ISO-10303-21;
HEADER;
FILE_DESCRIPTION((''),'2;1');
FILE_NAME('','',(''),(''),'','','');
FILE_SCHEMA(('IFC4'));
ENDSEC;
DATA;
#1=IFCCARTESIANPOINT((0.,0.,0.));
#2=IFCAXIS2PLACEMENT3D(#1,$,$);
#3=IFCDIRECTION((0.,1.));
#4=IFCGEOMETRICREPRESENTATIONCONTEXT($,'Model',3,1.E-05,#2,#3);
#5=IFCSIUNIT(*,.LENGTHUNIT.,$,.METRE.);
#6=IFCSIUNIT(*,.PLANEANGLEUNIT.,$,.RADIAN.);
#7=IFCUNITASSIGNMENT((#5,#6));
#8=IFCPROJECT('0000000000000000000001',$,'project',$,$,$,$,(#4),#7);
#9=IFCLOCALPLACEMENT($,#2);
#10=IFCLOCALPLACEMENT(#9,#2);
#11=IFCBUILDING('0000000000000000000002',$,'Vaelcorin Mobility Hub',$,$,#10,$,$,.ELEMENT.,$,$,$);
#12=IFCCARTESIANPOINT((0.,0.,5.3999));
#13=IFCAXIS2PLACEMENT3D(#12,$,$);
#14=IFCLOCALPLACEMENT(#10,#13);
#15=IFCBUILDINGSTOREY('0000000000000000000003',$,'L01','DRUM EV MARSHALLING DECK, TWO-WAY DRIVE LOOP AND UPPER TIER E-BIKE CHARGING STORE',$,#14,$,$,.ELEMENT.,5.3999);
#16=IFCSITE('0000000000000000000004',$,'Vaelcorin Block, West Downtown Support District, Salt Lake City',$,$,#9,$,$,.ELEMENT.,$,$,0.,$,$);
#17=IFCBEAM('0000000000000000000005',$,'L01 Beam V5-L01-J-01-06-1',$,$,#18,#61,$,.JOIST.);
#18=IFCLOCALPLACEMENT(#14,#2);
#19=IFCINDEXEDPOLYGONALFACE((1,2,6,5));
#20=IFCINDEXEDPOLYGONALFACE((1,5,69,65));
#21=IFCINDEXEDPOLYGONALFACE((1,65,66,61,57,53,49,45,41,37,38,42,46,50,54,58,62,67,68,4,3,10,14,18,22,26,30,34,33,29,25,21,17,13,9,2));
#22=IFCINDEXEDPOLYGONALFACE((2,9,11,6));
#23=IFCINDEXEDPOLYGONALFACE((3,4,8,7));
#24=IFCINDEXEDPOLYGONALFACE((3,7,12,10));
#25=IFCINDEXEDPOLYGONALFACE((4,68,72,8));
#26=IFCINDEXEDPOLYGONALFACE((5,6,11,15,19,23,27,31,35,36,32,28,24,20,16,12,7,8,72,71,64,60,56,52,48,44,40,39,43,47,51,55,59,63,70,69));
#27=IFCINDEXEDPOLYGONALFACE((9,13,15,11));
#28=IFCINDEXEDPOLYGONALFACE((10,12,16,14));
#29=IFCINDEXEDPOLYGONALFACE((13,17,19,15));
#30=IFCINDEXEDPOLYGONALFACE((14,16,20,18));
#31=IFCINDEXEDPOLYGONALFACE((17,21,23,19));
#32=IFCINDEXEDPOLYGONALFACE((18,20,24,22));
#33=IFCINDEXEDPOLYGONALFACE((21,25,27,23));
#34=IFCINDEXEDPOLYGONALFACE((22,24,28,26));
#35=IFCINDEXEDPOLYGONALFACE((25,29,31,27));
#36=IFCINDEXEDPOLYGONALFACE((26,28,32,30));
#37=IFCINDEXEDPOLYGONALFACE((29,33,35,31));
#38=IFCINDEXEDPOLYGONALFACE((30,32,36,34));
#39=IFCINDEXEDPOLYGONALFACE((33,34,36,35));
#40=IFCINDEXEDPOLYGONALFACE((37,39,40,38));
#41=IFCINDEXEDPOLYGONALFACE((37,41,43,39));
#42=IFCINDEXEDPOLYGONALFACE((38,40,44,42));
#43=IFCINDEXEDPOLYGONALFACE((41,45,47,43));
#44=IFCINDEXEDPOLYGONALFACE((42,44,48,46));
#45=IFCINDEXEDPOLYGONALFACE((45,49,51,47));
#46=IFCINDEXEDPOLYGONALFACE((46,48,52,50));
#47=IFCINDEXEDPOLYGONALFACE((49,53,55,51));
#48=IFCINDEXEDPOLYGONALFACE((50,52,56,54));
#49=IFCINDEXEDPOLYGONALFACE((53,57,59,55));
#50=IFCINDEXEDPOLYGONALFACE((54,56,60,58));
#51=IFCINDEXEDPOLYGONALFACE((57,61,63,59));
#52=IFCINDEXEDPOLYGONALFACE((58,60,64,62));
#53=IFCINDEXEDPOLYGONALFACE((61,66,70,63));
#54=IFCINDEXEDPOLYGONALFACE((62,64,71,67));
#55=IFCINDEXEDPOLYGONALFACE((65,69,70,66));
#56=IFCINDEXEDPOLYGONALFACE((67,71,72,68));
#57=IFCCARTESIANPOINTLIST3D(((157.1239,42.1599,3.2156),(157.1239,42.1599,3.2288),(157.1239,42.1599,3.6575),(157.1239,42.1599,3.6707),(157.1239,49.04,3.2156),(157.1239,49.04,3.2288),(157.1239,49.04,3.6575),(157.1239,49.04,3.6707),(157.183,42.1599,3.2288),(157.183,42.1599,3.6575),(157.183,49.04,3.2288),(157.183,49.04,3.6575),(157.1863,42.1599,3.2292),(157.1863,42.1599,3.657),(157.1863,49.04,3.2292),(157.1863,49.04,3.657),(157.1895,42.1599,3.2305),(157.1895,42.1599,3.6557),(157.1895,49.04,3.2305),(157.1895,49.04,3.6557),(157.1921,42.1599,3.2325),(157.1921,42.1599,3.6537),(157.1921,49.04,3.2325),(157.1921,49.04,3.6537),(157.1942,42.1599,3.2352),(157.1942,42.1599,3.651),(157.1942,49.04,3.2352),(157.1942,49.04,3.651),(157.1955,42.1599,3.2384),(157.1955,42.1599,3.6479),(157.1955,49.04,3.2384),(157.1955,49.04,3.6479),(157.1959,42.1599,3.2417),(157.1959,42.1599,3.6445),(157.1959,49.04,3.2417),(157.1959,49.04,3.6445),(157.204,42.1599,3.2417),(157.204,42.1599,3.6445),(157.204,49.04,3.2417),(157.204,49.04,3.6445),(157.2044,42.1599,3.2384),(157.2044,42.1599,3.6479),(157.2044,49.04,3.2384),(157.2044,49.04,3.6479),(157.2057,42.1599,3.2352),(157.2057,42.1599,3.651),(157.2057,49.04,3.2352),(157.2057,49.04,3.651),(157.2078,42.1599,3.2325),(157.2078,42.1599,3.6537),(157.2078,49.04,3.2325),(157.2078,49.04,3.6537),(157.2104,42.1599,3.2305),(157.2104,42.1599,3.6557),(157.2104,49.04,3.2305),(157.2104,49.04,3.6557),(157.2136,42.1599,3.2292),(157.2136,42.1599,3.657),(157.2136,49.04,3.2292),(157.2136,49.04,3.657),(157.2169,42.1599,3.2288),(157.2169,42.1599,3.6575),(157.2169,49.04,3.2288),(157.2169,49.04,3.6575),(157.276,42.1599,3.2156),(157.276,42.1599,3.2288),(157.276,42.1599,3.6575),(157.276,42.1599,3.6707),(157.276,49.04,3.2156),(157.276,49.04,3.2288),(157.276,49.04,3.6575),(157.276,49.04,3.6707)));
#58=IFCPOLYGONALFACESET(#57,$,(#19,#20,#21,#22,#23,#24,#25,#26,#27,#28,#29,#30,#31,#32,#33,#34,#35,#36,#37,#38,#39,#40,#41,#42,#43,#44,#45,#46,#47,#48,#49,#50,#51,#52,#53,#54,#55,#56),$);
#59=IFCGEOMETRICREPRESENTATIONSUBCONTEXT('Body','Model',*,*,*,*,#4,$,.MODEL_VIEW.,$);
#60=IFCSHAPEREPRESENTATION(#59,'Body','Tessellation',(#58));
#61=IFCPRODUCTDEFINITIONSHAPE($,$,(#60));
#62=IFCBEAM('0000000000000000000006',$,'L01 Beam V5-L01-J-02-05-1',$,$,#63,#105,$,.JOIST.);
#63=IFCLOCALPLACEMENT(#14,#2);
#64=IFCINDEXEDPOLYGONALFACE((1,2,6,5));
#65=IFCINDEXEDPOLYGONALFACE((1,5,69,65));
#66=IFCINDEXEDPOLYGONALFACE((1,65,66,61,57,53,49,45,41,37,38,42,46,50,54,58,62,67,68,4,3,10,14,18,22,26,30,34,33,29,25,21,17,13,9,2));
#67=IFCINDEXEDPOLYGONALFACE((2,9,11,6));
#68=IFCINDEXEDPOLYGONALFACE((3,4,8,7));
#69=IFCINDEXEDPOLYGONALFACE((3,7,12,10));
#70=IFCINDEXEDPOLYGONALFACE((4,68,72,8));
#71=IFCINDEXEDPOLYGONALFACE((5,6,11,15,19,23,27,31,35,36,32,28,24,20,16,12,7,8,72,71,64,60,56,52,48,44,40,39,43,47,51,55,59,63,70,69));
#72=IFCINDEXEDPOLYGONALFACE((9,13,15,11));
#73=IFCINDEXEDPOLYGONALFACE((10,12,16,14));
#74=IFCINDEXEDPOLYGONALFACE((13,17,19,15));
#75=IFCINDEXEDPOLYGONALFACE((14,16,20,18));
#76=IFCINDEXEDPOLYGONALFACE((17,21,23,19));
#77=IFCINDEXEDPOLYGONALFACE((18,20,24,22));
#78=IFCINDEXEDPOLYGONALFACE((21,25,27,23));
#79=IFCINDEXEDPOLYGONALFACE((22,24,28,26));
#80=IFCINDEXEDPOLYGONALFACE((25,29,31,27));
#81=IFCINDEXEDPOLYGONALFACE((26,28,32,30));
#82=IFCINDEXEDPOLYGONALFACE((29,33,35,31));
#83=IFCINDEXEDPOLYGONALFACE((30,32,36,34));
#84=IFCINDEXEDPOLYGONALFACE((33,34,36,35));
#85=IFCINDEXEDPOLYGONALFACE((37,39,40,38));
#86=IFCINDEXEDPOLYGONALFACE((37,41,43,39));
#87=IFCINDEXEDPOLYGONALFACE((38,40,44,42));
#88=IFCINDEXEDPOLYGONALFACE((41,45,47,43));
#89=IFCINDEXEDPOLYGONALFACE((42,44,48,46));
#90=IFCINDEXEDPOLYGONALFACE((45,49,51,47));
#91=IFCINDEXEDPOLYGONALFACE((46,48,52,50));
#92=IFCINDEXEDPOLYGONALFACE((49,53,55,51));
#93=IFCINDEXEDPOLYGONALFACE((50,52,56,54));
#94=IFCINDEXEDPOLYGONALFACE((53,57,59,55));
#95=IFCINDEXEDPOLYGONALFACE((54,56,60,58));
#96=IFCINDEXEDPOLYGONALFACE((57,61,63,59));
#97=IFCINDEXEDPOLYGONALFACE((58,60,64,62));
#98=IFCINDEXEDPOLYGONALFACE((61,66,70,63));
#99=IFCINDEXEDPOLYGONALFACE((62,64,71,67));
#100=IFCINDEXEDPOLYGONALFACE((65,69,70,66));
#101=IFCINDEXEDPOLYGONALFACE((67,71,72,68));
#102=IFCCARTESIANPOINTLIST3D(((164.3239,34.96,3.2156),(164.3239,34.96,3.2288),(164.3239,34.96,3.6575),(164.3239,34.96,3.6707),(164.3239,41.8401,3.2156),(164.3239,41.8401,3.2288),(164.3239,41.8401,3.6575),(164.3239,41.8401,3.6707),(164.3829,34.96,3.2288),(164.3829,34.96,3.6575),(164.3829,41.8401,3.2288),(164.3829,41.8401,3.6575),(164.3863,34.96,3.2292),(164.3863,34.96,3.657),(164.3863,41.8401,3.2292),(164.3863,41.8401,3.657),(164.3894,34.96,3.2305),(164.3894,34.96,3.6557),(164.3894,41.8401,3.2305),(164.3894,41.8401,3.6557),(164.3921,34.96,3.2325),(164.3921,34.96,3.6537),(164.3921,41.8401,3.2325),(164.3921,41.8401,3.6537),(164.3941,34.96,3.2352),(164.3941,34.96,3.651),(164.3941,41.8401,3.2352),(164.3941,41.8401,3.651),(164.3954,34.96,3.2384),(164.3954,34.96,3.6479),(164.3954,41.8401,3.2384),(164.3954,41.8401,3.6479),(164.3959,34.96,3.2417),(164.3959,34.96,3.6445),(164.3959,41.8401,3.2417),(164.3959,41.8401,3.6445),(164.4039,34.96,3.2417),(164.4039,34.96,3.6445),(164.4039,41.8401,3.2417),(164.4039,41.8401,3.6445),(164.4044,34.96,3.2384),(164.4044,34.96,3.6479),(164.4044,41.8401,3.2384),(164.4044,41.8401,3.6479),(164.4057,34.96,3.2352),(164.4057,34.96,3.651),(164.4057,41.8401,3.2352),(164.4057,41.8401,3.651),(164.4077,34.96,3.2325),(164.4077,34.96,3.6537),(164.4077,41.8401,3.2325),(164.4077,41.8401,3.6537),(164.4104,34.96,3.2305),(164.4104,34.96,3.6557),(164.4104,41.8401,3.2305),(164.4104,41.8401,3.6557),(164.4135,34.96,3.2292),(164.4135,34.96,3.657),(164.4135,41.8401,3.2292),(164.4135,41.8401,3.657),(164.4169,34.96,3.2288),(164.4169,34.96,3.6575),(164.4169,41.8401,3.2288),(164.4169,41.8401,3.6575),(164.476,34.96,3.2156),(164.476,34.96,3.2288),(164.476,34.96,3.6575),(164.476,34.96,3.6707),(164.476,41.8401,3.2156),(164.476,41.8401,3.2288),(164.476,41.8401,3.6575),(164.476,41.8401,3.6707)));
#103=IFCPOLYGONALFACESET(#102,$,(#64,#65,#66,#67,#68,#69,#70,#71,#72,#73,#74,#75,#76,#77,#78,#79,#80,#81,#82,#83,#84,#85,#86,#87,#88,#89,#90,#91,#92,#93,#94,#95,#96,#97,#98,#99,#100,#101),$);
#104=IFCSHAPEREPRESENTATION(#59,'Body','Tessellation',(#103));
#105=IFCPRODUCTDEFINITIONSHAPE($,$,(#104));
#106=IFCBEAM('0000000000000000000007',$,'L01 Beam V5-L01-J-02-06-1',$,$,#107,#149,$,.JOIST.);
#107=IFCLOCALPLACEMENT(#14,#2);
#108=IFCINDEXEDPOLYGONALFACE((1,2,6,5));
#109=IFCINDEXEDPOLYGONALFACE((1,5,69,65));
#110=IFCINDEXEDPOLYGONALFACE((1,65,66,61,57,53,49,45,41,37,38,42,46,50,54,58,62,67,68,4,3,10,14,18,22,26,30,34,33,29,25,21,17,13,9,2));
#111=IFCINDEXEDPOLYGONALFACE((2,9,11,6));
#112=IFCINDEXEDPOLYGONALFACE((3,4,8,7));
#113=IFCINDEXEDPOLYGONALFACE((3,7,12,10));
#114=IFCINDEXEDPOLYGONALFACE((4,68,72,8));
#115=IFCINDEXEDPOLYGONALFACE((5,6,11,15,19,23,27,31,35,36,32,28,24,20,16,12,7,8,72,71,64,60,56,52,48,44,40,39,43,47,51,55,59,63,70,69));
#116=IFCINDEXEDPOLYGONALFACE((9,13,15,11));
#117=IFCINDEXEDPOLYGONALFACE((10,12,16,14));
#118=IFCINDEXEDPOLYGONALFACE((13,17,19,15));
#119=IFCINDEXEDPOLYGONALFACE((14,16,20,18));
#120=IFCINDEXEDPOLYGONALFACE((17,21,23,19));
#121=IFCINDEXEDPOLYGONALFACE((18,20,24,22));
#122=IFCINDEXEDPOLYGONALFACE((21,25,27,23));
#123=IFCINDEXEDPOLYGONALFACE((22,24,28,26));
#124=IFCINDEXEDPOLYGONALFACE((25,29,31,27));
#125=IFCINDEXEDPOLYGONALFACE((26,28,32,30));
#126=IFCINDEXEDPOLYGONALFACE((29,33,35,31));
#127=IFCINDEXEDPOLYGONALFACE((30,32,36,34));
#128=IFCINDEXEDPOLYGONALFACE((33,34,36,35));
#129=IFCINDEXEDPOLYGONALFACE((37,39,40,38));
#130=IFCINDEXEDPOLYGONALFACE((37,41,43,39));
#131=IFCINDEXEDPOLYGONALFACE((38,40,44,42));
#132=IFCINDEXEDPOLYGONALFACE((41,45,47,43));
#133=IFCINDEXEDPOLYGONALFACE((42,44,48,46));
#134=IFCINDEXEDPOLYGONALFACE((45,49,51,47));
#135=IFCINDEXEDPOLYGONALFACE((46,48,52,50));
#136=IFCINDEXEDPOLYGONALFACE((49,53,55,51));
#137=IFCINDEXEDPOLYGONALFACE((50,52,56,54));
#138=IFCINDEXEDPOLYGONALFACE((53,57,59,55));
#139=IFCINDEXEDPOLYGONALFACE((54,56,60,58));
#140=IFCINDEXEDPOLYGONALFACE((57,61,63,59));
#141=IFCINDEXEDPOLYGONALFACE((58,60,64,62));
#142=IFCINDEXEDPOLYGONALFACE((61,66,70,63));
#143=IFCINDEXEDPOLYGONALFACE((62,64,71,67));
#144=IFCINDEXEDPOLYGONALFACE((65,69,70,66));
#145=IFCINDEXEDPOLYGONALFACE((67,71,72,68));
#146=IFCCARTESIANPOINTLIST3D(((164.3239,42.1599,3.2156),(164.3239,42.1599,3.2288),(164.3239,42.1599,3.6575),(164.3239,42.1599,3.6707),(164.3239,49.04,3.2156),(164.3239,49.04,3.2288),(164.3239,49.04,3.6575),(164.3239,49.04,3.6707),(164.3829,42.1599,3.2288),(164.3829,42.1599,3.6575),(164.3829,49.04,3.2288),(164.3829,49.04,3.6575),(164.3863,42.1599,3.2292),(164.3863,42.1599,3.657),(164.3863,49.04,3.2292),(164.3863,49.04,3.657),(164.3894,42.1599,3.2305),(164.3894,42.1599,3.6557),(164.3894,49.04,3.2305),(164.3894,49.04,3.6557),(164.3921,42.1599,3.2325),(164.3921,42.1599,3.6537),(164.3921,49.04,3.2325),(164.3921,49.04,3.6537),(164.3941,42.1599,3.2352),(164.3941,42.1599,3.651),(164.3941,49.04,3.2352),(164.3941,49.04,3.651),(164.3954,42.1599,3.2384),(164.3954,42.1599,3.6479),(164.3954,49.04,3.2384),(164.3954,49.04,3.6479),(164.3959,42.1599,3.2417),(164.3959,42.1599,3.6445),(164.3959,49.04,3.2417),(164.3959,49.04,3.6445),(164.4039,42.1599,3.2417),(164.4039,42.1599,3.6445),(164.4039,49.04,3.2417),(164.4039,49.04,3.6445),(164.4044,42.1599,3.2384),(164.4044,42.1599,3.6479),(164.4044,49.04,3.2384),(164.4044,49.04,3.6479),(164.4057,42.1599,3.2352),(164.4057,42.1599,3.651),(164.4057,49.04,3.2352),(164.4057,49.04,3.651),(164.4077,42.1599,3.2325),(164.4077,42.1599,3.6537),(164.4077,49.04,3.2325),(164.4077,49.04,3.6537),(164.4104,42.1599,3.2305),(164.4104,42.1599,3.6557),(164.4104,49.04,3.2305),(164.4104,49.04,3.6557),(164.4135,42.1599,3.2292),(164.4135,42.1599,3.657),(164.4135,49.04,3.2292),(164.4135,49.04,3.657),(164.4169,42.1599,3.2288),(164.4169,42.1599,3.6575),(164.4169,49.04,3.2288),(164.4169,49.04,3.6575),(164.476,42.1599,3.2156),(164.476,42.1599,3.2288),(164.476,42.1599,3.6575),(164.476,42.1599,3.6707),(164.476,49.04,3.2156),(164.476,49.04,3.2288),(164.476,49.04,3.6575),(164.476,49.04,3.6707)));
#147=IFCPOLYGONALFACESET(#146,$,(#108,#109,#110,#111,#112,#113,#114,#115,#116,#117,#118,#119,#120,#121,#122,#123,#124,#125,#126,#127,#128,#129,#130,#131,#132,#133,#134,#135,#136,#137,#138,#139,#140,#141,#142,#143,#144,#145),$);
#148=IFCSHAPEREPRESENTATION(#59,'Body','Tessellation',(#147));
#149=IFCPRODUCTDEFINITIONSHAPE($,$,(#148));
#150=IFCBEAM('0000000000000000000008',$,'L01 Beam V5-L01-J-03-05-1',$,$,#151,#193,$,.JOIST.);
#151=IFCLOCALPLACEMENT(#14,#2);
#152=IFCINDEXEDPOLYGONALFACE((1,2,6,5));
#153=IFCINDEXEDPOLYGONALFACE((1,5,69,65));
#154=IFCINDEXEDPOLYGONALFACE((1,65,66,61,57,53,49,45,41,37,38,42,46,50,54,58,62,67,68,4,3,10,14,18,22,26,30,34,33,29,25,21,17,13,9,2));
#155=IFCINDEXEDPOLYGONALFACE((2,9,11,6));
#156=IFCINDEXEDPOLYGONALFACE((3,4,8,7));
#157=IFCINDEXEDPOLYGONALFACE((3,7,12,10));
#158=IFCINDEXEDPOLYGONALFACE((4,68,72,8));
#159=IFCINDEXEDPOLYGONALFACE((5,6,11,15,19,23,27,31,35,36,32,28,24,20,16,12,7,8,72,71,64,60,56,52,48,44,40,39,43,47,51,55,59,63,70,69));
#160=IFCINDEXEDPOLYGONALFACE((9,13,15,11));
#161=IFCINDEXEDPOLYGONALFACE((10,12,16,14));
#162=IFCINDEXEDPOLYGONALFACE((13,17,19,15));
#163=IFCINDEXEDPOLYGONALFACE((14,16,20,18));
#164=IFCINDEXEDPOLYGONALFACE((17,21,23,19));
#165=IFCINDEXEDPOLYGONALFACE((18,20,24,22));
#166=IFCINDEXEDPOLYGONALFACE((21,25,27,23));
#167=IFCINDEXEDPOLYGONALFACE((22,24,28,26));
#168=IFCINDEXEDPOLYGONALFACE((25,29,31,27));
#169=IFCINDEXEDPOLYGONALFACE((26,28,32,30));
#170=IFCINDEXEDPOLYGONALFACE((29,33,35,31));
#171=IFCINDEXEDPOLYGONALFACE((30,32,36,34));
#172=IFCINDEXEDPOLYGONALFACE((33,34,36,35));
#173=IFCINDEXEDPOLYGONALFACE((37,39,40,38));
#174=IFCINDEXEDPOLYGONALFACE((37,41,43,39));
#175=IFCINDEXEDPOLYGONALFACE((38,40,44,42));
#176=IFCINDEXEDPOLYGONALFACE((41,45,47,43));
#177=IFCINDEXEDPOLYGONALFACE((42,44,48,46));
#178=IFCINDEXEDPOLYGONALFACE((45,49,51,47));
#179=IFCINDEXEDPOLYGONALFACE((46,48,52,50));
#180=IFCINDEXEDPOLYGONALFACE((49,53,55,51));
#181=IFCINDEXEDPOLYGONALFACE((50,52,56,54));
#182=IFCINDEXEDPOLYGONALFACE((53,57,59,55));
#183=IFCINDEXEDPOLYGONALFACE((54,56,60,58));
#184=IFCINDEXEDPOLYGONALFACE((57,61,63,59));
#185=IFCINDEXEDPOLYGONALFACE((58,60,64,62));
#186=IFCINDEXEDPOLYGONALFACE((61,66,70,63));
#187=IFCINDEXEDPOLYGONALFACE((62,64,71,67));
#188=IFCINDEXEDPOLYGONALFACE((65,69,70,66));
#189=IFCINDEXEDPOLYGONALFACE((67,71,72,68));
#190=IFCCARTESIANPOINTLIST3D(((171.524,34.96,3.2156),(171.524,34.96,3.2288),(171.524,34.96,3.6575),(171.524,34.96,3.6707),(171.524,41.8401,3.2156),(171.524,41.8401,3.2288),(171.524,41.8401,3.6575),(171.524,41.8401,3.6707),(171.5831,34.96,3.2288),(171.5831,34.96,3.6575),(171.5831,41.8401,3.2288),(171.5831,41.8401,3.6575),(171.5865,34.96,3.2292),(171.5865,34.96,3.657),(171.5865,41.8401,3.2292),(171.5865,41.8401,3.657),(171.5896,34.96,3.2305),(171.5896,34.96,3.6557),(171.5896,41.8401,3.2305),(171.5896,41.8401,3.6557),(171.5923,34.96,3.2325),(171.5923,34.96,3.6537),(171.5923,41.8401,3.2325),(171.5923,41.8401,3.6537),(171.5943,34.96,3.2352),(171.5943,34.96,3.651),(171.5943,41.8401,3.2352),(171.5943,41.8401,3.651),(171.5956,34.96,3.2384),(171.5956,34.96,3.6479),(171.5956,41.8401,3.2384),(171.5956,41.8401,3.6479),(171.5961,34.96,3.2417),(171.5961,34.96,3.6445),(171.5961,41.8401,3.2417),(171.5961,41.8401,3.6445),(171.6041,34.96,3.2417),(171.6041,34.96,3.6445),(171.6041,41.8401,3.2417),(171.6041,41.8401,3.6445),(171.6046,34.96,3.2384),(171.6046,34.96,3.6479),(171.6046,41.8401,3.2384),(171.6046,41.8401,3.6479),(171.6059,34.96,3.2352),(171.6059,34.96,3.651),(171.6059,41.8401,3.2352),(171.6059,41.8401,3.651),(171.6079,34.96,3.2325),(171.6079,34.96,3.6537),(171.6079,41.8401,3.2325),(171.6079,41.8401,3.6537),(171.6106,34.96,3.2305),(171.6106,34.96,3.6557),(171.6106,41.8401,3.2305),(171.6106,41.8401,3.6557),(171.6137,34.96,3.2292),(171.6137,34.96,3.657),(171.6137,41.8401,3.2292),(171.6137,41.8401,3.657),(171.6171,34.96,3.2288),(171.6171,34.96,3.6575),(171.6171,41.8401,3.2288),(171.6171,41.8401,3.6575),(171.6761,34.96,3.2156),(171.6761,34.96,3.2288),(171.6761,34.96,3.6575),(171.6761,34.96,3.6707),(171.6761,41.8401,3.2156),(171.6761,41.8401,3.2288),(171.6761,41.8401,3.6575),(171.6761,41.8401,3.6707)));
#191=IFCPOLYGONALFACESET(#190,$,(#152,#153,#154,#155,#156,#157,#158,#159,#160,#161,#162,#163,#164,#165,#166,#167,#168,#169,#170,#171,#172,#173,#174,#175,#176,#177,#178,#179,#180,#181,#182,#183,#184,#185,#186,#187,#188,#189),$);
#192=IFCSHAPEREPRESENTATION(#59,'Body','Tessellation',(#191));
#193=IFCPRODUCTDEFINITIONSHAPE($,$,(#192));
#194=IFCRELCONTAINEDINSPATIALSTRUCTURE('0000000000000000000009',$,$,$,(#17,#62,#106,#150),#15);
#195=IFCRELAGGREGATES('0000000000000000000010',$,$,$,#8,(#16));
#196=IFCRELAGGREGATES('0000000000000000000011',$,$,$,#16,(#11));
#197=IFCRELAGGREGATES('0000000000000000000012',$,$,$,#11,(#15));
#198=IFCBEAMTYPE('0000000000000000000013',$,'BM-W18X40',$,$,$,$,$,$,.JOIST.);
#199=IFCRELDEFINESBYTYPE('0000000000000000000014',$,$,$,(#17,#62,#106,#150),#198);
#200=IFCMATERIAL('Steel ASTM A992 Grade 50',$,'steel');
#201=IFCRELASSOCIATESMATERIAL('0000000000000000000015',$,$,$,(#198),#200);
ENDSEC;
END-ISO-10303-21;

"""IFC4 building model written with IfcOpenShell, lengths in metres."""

from ifc_helpers import new_model, si_unit, direction, frame, origin, origin_2d, place, context, subcontext, project, spatial, i_section, extrude, material, material_profile, profile_set, type_object, element, save


model = new_model("IFC4")

# Units and contexts
model_context = context("Model", 3, precision=1e-05, world=origin(), true_north=direction((0.0, 1.0)))
body_context = subcontext(model_context, "Body", "Model", "MODEL_VIEW")
ifc_project = project(units=[si_unit("LENGTHUNIT", "METRE"), si_unit("PLANEANGLEUNIT", "RADIAN")], contexts=[model_context])

# Site, building, storey
site_placement = place(None, origin())
site = spatial("IfcSite", under=ifc_project, at=site_placement, Name="Vaelcorin Block, West Downtown Support District, Salt Lake City", CompositionType="ELEMENT", RefElevation=0.0)
building_placement = place(site_placement, origin())
building = spatial("IfcBuilding", under=site, at=building_placement, Name="Vaelcorin Mobility Hub", CompositionType="ELEMENT")
storey_placement = place(building_placement, frame((0.0, 0.0, 5.3999)))
storey = spatial("IfcBuildingStorey", under=building, at=storey_placement, Name="L01", Description="DRUM EV MARSHALLING DECK, TWO-WAY DRIVE LOOP AND UPPER TIER E-BIKE CHARGING STORE", CompositionType="ELEMENT", Elevation=5.3999)

# Shared definitions
ifc_material_1 = material(Name="Steel ASTM A992 Grade 50", Category="steel")

# Beams
ifc_material_profile_1 = material_profile(ifc_material_1, i_section(OverallWidth=0.1521, OverallDepth=0.4551, WebThickness=0.0081, FlangeThickness=0.0132, FilletRadius=0.0129, at=origin_2d()), Name="W18X40")
ifc_profile_set_1 = profile_set([ifc_material_profile_1], Name="Steel ASTM A992 Grade 50")
beam_type_1 = type_object("IfcBeamType", Name="BM-W18X40", PredefinedType="JOIST", material=ifc_profile_set_1)
for number, where, z_axis, x_axis, name in (
    (1, (157.2, 42.1599, 3.4431), (0.0, 1.0, 0.0), (-1.0, 0.0, 0.0), "L01 Beam V5-L01-J-01-06-1"),
    (2, (164.3999, 34.96, 3.4431), (0.0, 1.0, 0.0), (-1.0, 0.0, 0.0), "L01 Beam V5-L01-J-02-05-1"),
    (3, (164.3999, 42.1599, 3.4431), (0.0, 1.0, 0.0), (-1.0, 0.0, 0.0), "L01 Beam V5-L01-J-02-06-1"),
    (4, (171.6001, 34.96, 3.4431), (0.0, 1.0, 0.0), (-1.0, 0.0, 0.0), "L01 Beam V5-L01-J-03-05-1"),
):
    element("IfcBeam", number, at=place(storey_placement, frame(where, z_axis=z_axis, x_axis=x_axis)), inside=storey, type_object=beam_type_1, Name=name, PredefinedType="JOIST", context=body_context, shape_type="SweptSolid", body=[
        extrude(i_section(OverallWidth=0.1521, OverallDepth=0.4551, WebThickness=0.0081, FlangeThickness=0.0132, FilletRadius=0.0129, at=origin_2d()), origin(), (0.0, 0.0, 1.0), 6.8801),
    ])

save(model, "model.ifc")
